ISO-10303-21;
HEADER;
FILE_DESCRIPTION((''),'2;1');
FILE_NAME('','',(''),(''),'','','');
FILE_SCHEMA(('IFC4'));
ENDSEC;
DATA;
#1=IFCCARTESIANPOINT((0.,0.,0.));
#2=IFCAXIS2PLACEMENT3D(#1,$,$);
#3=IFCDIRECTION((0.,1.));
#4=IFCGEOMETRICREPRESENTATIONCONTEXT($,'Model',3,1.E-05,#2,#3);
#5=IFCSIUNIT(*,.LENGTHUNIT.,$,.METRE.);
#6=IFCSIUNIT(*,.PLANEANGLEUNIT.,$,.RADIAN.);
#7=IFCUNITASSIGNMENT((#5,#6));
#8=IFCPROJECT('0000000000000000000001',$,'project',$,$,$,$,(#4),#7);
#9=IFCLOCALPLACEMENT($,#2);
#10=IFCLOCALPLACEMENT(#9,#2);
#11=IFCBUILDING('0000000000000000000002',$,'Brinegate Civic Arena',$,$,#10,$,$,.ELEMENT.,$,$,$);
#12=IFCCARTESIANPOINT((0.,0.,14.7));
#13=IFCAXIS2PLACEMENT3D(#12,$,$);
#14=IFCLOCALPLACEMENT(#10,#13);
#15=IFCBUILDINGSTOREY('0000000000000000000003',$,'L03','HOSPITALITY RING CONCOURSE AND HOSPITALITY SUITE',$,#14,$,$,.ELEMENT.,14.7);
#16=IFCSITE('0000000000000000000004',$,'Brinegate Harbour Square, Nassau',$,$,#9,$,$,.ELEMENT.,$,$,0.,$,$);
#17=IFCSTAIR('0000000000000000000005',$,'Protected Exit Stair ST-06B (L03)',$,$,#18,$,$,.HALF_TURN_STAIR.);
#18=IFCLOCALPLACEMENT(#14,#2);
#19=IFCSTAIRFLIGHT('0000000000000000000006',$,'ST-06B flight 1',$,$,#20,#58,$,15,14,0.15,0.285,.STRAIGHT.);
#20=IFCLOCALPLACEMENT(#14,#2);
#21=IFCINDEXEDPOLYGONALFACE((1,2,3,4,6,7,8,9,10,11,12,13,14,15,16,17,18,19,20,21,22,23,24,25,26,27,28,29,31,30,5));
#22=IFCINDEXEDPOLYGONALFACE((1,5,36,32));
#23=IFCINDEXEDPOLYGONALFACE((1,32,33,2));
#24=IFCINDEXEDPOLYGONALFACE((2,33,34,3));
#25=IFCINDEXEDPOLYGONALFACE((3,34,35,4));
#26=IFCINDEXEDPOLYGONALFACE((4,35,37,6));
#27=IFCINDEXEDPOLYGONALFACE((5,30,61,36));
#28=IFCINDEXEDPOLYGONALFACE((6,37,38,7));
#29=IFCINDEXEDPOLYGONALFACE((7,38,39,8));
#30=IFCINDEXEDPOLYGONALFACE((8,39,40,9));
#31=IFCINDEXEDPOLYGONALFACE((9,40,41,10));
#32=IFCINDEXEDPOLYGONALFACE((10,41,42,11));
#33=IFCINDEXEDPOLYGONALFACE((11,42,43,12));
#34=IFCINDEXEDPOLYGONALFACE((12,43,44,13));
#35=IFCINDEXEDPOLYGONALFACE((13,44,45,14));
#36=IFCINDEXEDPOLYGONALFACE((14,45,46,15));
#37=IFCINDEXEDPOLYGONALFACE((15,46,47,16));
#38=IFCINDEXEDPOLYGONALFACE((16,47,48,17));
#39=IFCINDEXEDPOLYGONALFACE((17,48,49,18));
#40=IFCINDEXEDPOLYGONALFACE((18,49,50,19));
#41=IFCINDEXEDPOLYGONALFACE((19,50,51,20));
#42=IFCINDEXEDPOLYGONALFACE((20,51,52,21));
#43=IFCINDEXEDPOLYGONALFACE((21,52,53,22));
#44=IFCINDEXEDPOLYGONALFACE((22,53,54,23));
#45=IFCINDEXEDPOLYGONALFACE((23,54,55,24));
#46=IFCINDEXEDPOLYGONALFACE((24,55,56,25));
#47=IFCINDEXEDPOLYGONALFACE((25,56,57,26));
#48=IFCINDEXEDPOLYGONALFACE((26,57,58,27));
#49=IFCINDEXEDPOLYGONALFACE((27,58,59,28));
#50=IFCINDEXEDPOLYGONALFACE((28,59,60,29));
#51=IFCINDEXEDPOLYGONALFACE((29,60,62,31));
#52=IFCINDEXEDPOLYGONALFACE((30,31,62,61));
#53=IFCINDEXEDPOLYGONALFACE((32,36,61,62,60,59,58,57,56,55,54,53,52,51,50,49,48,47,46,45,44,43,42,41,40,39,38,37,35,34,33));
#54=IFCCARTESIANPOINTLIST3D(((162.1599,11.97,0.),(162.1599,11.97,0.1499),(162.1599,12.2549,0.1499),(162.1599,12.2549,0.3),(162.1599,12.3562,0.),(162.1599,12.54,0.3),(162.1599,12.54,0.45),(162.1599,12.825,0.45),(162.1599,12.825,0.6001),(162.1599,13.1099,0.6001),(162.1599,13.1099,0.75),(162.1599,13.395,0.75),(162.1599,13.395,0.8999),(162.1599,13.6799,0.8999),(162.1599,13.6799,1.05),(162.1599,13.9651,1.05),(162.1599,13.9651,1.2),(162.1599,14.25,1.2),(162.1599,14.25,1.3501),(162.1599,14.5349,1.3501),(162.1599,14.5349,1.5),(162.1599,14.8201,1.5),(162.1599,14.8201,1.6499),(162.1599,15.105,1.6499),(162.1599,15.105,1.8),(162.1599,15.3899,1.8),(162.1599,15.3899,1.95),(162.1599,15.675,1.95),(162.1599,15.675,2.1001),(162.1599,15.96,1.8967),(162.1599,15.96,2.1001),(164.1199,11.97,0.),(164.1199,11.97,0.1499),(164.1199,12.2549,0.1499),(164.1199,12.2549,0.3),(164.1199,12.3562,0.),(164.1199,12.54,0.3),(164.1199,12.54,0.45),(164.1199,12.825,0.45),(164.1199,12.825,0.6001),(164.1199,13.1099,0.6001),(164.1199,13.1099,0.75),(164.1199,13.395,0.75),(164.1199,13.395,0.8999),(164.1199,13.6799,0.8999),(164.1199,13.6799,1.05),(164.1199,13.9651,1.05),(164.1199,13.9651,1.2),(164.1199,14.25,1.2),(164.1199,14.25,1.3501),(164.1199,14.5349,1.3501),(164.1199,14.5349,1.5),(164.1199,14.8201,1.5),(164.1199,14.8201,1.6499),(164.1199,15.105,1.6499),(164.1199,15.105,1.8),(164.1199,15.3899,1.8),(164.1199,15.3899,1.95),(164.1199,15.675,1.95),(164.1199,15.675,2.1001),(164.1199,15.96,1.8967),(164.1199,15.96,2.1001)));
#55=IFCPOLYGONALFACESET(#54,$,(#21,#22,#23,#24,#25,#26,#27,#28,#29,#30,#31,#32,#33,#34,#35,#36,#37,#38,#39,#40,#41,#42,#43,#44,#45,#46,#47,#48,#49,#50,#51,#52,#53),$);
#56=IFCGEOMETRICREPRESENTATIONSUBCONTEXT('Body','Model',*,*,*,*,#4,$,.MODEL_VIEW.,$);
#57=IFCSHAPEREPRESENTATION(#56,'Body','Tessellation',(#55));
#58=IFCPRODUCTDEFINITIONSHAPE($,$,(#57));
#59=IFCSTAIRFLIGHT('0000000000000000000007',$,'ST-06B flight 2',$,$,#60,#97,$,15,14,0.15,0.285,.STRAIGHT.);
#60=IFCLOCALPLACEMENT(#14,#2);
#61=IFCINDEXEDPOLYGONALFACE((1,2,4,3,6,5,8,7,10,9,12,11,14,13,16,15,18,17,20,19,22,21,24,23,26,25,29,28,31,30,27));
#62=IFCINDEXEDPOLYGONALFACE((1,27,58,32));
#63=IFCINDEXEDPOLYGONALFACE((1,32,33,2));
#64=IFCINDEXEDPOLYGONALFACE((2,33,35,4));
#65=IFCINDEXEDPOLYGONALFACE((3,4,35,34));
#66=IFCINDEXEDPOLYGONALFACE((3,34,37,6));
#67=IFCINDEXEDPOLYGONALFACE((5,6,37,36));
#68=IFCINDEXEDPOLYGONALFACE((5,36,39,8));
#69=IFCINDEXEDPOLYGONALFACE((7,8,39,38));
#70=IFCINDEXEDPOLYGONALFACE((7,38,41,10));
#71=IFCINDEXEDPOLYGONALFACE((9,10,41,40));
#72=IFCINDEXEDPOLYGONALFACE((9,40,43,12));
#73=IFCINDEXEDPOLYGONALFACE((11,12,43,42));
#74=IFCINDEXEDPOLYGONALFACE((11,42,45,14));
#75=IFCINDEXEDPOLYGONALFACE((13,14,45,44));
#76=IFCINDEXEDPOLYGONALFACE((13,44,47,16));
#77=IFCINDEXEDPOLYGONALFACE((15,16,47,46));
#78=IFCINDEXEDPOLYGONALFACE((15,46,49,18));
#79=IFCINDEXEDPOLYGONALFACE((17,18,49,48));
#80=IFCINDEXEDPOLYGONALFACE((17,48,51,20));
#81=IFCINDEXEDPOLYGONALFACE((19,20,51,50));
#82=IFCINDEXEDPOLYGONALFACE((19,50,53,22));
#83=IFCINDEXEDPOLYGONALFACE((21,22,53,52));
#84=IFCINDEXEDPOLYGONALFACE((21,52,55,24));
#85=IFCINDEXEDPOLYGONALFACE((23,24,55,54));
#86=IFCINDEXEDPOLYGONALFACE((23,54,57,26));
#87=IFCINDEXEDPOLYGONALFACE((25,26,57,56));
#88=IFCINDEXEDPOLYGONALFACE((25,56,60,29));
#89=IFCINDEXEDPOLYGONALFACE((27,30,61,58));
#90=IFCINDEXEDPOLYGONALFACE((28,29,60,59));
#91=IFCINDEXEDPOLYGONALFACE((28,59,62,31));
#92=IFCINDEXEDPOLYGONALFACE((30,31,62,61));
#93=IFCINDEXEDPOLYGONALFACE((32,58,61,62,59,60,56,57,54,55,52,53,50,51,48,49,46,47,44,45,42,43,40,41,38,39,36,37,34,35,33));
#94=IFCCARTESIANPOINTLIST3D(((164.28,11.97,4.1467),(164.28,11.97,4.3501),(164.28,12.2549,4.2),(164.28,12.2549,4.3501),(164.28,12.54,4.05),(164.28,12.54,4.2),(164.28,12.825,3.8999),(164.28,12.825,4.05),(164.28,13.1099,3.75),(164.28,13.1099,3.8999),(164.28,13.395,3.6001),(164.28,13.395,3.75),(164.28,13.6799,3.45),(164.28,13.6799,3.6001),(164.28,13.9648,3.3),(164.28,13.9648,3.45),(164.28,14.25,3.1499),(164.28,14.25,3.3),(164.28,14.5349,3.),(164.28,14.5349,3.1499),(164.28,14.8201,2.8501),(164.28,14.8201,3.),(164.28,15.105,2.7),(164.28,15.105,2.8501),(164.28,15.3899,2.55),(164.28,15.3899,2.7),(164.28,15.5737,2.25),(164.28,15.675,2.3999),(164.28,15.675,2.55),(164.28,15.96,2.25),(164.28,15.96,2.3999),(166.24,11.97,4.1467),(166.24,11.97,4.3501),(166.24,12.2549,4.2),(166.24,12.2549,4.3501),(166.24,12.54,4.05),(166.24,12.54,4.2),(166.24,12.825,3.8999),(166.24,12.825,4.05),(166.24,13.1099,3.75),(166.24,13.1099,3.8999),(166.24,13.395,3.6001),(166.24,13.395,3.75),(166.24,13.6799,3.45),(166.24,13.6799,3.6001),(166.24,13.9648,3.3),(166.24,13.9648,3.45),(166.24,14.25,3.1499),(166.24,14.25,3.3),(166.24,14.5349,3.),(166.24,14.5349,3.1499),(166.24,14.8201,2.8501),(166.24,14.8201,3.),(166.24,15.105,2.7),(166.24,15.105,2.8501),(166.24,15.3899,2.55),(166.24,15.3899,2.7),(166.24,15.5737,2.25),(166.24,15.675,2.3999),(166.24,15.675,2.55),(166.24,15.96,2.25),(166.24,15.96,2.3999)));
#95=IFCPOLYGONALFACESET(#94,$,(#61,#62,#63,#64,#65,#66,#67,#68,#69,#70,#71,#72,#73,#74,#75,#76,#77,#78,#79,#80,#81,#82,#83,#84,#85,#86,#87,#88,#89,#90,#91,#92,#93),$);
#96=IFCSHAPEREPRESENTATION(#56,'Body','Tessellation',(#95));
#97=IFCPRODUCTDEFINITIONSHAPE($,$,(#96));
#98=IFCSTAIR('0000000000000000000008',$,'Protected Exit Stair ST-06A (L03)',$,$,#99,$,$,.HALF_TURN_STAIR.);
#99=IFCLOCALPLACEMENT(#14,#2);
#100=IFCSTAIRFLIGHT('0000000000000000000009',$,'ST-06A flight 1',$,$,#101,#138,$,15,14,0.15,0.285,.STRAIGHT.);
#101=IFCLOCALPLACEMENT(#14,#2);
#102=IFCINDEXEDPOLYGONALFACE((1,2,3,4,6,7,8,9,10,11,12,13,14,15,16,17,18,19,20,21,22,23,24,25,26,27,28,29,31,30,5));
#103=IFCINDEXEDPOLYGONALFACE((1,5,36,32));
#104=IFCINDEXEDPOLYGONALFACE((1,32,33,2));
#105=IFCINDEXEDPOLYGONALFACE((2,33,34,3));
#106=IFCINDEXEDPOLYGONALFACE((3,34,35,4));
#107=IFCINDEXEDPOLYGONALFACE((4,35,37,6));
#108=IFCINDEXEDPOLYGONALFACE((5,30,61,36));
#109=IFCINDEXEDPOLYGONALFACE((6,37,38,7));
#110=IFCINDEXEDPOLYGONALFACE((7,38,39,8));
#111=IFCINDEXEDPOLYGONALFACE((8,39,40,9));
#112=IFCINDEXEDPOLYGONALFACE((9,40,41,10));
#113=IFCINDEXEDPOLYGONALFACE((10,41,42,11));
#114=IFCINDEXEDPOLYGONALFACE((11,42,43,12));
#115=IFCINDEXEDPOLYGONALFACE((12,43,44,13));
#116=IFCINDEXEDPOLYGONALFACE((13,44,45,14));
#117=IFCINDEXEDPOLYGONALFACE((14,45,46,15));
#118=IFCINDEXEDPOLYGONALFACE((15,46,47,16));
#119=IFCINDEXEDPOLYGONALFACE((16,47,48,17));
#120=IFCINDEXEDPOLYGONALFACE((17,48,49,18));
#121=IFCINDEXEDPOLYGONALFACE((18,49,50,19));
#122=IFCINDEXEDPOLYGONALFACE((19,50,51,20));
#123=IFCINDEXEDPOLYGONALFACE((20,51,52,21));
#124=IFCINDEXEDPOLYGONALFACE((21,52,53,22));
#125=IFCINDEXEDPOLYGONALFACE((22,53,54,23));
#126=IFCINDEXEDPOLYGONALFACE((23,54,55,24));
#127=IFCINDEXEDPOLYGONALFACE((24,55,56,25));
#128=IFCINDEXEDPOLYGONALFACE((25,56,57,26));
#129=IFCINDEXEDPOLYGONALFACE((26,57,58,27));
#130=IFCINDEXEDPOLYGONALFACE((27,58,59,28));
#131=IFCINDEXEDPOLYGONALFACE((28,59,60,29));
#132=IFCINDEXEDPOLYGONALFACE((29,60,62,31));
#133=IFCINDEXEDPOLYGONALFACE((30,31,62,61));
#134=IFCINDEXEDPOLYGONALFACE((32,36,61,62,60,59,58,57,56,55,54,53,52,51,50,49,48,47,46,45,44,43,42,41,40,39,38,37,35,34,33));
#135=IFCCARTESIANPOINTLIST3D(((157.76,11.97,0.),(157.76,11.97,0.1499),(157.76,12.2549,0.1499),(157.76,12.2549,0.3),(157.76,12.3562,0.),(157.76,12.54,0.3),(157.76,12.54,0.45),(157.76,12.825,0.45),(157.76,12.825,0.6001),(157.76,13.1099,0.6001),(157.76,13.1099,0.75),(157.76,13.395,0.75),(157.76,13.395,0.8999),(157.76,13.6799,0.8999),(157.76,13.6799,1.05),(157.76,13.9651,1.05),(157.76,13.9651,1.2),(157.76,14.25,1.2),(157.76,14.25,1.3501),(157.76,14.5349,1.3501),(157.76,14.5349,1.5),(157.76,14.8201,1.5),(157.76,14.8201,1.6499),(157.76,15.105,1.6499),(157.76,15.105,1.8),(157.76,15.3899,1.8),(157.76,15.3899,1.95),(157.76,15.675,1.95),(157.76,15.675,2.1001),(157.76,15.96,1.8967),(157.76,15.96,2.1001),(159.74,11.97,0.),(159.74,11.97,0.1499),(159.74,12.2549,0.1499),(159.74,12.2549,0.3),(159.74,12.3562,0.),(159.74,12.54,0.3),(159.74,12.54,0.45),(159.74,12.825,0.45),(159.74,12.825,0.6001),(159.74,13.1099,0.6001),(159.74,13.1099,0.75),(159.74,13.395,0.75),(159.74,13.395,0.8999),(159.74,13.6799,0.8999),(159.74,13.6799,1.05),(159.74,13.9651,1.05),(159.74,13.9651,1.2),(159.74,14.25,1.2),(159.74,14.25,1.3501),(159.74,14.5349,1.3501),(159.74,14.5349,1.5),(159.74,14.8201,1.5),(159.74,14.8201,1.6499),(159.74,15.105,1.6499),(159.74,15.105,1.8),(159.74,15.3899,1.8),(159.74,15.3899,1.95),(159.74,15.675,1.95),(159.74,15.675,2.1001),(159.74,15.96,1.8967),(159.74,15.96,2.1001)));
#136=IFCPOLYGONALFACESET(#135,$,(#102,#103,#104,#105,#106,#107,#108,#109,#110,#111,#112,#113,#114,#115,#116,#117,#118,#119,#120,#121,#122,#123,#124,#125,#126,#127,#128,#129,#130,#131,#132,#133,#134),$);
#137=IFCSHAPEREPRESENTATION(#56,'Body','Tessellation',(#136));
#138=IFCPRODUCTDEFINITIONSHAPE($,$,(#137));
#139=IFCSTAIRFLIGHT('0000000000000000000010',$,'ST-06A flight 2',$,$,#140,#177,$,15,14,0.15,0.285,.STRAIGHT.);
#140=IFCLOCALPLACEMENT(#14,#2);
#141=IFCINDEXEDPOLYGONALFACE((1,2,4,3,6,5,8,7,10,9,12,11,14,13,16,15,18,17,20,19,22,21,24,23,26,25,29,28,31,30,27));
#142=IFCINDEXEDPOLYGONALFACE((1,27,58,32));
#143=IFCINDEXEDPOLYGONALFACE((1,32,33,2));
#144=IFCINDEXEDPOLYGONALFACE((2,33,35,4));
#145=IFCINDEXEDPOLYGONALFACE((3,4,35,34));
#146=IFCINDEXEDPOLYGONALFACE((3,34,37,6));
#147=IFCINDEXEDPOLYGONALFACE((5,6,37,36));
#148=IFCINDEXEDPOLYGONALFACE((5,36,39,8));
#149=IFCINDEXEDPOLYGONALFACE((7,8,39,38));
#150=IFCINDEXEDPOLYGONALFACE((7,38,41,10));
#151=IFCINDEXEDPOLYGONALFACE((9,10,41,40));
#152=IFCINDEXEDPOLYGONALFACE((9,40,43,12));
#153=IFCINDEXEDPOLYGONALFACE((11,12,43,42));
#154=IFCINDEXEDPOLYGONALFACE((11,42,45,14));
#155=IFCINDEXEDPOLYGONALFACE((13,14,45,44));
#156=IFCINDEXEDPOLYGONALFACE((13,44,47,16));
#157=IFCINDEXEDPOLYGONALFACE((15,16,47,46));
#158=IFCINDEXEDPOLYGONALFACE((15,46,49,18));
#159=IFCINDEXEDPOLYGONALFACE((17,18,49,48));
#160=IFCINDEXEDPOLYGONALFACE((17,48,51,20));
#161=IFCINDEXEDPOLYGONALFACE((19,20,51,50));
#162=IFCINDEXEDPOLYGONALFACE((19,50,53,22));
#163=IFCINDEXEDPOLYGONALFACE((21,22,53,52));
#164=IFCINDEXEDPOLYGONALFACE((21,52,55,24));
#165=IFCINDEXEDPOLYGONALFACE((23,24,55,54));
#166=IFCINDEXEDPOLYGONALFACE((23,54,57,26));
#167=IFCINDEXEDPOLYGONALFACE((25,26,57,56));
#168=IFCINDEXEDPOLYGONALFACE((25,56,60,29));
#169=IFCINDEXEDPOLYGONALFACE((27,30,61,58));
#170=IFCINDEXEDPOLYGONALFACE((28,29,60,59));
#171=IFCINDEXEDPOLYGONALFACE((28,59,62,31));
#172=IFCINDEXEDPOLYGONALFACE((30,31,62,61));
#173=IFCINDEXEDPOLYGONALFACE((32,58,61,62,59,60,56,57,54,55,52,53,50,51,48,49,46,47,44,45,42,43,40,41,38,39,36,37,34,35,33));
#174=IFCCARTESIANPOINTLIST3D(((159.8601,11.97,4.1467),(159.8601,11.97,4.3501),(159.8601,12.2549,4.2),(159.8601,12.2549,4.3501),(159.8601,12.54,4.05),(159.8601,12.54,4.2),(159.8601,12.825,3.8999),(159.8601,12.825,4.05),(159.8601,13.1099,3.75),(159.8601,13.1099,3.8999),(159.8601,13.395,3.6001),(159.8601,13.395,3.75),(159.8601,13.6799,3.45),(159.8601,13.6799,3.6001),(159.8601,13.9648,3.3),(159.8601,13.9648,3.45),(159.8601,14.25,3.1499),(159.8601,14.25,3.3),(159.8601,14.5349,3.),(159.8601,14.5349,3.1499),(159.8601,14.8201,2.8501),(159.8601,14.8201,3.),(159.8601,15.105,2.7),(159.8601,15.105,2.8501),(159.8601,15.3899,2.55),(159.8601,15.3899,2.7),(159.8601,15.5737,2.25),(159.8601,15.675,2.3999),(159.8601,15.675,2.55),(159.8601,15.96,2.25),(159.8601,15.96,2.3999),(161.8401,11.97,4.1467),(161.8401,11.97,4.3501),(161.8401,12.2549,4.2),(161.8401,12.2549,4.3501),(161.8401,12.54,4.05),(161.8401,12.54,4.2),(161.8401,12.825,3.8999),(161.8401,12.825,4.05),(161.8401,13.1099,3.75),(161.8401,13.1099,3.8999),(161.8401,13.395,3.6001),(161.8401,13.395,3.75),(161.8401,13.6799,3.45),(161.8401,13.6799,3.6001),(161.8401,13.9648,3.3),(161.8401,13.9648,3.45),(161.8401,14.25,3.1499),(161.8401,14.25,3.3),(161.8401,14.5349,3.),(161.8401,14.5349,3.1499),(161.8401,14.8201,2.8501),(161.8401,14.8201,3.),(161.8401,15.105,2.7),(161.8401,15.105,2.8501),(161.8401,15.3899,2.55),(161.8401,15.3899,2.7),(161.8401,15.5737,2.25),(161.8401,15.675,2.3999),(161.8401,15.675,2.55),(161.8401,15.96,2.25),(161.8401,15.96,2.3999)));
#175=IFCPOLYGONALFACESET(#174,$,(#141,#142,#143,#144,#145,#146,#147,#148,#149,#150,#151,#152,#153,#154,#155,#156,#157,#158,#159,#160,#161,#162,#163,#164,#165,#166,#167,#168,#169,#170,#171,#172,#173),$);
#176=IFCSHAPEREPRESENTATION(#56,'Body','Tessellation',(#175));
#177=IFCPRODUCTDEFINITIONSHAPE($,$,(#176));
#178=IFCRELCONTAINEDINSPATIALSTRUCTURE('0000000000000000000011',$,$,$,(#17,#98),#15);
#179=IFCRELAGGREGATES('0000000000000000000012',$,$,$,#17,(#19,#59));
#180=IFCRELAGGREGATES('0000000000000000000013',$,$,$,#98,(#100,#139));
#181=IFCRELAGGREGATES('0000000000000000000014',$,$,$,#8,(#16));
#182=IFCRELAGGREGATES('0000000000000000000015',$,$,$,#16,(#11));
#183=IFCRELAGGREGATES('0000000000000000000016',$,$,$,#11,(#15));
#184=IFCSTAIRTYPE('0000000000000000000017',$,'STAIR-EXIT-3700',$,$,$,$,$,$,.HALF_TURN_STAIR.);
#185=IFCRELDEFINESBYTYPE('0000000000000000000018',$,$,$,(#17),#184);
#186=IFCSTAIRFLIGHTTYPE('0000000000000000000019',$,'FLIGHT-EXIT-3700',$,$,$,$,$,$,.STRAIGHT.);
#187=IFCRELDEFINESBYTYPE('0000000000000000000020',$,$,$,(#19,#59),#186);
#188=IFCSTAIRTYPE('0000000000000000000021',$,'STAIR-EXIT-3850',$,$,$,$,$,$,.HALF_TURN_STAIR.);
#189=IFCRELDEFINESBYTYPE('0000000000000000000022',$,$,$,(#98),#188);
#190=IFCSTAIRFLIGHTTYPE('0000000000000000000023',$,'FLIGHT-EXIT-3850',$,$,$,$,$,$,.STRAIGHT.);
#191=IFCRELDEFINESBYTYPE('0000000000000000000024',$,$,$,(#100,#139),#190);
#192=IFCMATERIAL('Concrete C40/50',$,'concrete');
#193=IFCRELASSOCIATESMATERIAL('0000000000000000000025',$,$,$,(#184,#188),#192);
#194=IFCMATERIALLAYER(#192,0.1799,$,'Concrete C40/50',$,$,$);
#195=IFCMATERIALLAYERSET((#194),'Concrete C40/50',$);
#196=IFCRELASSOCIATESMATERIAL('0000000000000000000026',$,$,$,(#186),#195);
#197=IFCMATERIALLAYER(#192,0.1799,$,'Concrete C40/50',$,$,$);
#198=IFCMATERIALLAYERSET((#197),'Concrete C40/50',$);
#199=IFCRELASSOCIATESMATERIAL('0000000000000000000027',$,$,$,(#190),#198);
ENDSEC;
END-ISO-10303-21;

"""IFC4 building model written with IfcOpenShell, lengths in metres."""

from ifc_helpers import new_model, si_unit, direction, frame, origin, place, context, subcontext, project, spatial, polyline, outline, extrude, material, layer, layer_set, type_object, element, aggregate, save


model = new_model("IFC4")

# Units and contexts
model_context = context("Model", 3, precision=1e-05, world=origin(), true_north=direction((0.0, 1.0)))
body_context = subcontext(model_context, "Body", "Model", "MODEL_VIEW")
ifc_project = project(units=[si_unit("LENGTHUNIT", "METRE"), si_unit("PLANEANGLEUNIT", "RADIAN")], contexts=[model_context])

# Site, building, storey
site_placement = place(None, origin())
site = spatial("IfcSite", under=ifc_project, at=site_placement, Name="Brinegate Harbour Square, Nassau", CompositionType="ELEMENT", RefElevation=0.0)
building_placement = place(site_placement, origin())
building = spatial("IfcBuilding", under=site, at=building_placement, Name="Brinegate Civic Arena", CompositionType="ELEMENT")
storey_placement = place(building_placement, frame((0.0, 0.0, 14.7)))
storey = spatial("IfcBuildingStorey", under=building, at=storey_placement, Name="L03", Description="HOSPITALITY RING CONCOURSE AND HOSPITALITY SUITE", CompositionType="ELEMENT", Elevation=14.7)

# Stairs, stair flights
ifc_material_1 = material(Name="Concrete C40/50", Category="concrete")
stair_type_1 = type_object("IfcStairType", Name="STAIR-EXIT-3700", PredefinedType="HALF_TURN_STAIR", material=ifc_material_1)
stair_1_placement = place(storey_placement, origin())
stair_1 = element("IfcStair", 1, at=stair_1_placement, inside=storey, type_object=stair_type_1, Name="Protected Exit Stair ST-06B (L03)", PredefinedType="HALF_TURN_STAIR")
ifc_layer_1 = layer(ifc_material_1, 0.1799, Name="Concrete C40/50")
ifc_layer_set_1 = layer_set([ifc_layer_1], Name="Concrete C40/50")
stair_flight_type_1 = type_object("IfcStairFlightType", Name="FLIGHT-EXIT-3700", PredefinedType="STRAIGHT", material=ifc_layer_set_1)
stair_flight_1_placement = place(storey_placement, frame((163.1399, 11.97, 0.0), z_axis=(0.0, 0.0, 1.0), x_axis=(0.0, 1.0, 0.0)))
stair_flight_1 = element("IfcStairFlight", 2, at=stair_flight_1_placement, type_object=stair_flight_type_1, Name="ST-06B flight 1", NumberOfRisers=15, NumberOfTreads=14, PredefinedType="STRAIGHT", RiserHeight=0.15, TreadLength=0.285, context=body_context, shape_type="SweptSolid", body=[
    extrude(outline(polyline([(0.0, 0.0), (0.0, 0.1499), (0.2849, 0.1499), (0.2849, 0.3), (0.5701, 0.3), (0.5701, 0.45), (0.855, 0.45), (0.855, 0.6001), (1.1399, 0.6001), (1.1399, 0.75), (1.425, 0.75), (1.425, 0.8999), (1.71, 0.8999), (1.71, 1.05), (1.9951, 1.05), (1.9951, 1.2), (2.28, 1.2), (2.28, 1.3501), (2.5649, 1.3501), (2.5649, 1.5), (2.8501, 1.5), (2.8501, 1.6499), (3.135, 1.6499), (3.135, 1.8), (3.4199, 1.8), (3.4199, 1.95), (3.7051, 1.95), (3.7051, 2.1001), (3.99, 2.1001), (3.99, 2.25), (3.99, 1.8967), (0.3862, 0.0), (0.0, 0.0)])), frame((0.0, 0.98, 0.0), z_axis=(0.0, -1.0, 0.0), x_axis=(1.0, 0.0, 0.0)), (0.0, 0.0, 1.0), 1.96),
])
stair_flight_2_placement = place(storey_placement, frame((165.26, 15.96, 2.25), z_axis=(0.0, 0.0, 1.0), x_axis=(0.0, -1.0, 0.0)))
stair_flight_2 = element("IfcStairFlight", 3, at=stair_flight_2_placement, type_object=stair_flight_type_1, Name="ST-06B flight 2", NumberOfRisers=15, NumberOfTreads=14, PredefinedType="STRAIGHT", RiserHeight=0.15, TreadLength=0.285, context=body_context, shape_type="SweptSolid", body=[
    extrude(outline(polyline([(0.0, 0.0), (0.0, 0.1499), (0.2849, 0.1499), (0.2849, 0.3), (0.5701, 0.3), (0.5701, 0.45), (0.855, 0.45), (0.855, 0.6001), (1.1399, 0.6001), (1.1399, 0.75), (1.425, 0.75), (1.425, 0.8999), (1.71, 0.8999), (1.71, 1.05), (1.9951, 1.05), (1.9951, 1.2), (2.28, 1.2), (2.28, 1.3501), (2.5649, 1.3501), (2.5649, 1.5), (2.8501, 1.5), (2.8501, 1.6499), (3.135, 1.6499), (3.135, 1.8), (3.4199, 1.8), (3.4199, 1.95), (3.7051, 1.95), (3.7051, 2.1001), (3.99, 2.1001), (3.99, 2.25), (3.99, 1.8967), (0.3862, 0.0), (0.0, 0.0)])), frame((0.0, 0.98, 0.0), z_axis=(0.0, -1.0, 0.0), x_axis=(1.0, 0.0, 0.0)), (0.0, 0.0, 1.0), 1.96),
])
aggregate(stair_1, [stair_flight_1, stair_flight_2])
stair_type_2 = type_object("IfcStairType", Name="STAIR-EXIT-3850", PredefinedType="HALF_TURN_STAIR", material=ifc_material_1)
stair_2_placement = place(storey_placement, origin())
stair_2 = element("IfcStair", 4, at=stair_2_placement, inside=storey, type_object=stair_type_2, Name="Protected Exit Stair ST-06A (L03)", PredefinedType="HALF_TURN_STAIR")
ifc_layer_2 = layer(ifc_material_1, 0.1799, Name="Concrete C40/50")
ifc_layer_set_2 = layer_set([ifc_layer_2], Name="Concrete C40/50")
stair_flight_type_2 = type_object("IfcStairFlightType", Name="FLIGHT-EXIT-3850", PredefinedType="STRAIGHT", material=ifc_layer_set_2)
stair_flight_3_placement = place(storey_placement, frame((158.75, 11.97, 0.0), z_axis=(0.0, 0.0, 1.0), x_axis=(0.0, 1.0, 0.0)))
stair_flight_3 = element("IfcStairFlight", 5, at=stair_flight_3_placement, type_object=stair_flight_type_2, Name="ST-06A flight 1", NumberOfRisers=15, NumberOfTreads=14, PredefinedType="STRAIGHT", RiserHeight=0.15, TreadLength=0.285, context=body_context, shape_type="SweptSolid", body=[
    extrude(outline(polyline([(0.0, 0.0), (0.0, 0.1499), (0.2849, 0.1499), (0.2849, 0.3), (0.5701, 0.3), (0.5701, 0.45), (0.855, 0.45), (0.855, 0.6001), (1.1399, 0.6001), (1.1399, 0.75), (1.425, 0.75), (1.425, 0.8999), (1.71, 0.8999), (1.71, 1.05), (1.9951, 1.05), (1.9951, 1.2), (2.28, 1.2), (2.28, 1.3501), (2.5649, 1.3501), (2.5649, 1.5), (2.8501, 1.5), (2.8501, 1.6499), (3.135, 1.6499), (3.135, 1.8), (3.4199, 1.8), (3.4199, 1.95), (3.7051, 1.95), (3.7051, 2.1001), (3.99, 2.1001), (3.99, 2.25), (3.99, 1.8967), (0.3862, 0.0), (0.0, 0.0)])), frame((0.0, 0.99, 0.0), z_axis=(0.0, -1.0, 0.0), x_axis=(1.0, 0.0, 0.0)), (0.0, 0.0, 1.0), 1.98),
])
stair_flight_4_placement = place(storey_placement, frame((160.8501, 15.96, 2.25), z_axis=(0.0, 0.0, 1.0), x_axis=(0.0, -1.0, 0.0)))
stair_flight_4 = element("IfcStairFlight", 6, at=stair_flight_4_placement, type_object=stair_flight_type_2, Name="ST-06A flight 2", NumberOfRisers=15, NumberOfTreads=14, PredefinedType="STRAIGHT", RiserHeight=0.15, TreadLength=0.285, context=body_context, shape_type="SweptSolid", body=[
    extrude(outline(polyline([(0.0, 0.0), (0.0, 0.1499), (0.2849, 0.1499), (0.2849, 0.3), (0.5701, 0.3), (0.5701, 0.45), (0.855, 0.45), (0.855, 0.6001), (1.1399, 0.6001), (1.1399, 0.75), (1.425, 0.75), (1.425, 0.8999), (1.71, 0.8999), (1.71, 1.05), (1.9951, 1.05), (1.9951, 1.2), (2.28, 1.2), (2.28, 1.3501), (2.5649, 1.3501), (2.5649, 1.5), (2.8501, 1.5), (2.8501, 1.6499), (3.135, 1.6499), (3.135, 1.8), (3.4199, 1.8), (3.4199, 1.95), (3.7051, 1.95), (3.7051, 2.1001), (3.99, 2.1001), (3.99, 2.25), (3.99, 1.8967), (0.3862, 0.0), (0.0, 0.0)])), frame((0.0, 0.99, 0.0), z_axis=(0.0, -1.0, 0.0), x_axis=(1.0, 0.0, 0.0)), (0.0, 0.0, 1.0), 1.98),
])
aggregate(stair_2, [stair_flight_3, stair_flight_4])

save(model, "model.ifc")
